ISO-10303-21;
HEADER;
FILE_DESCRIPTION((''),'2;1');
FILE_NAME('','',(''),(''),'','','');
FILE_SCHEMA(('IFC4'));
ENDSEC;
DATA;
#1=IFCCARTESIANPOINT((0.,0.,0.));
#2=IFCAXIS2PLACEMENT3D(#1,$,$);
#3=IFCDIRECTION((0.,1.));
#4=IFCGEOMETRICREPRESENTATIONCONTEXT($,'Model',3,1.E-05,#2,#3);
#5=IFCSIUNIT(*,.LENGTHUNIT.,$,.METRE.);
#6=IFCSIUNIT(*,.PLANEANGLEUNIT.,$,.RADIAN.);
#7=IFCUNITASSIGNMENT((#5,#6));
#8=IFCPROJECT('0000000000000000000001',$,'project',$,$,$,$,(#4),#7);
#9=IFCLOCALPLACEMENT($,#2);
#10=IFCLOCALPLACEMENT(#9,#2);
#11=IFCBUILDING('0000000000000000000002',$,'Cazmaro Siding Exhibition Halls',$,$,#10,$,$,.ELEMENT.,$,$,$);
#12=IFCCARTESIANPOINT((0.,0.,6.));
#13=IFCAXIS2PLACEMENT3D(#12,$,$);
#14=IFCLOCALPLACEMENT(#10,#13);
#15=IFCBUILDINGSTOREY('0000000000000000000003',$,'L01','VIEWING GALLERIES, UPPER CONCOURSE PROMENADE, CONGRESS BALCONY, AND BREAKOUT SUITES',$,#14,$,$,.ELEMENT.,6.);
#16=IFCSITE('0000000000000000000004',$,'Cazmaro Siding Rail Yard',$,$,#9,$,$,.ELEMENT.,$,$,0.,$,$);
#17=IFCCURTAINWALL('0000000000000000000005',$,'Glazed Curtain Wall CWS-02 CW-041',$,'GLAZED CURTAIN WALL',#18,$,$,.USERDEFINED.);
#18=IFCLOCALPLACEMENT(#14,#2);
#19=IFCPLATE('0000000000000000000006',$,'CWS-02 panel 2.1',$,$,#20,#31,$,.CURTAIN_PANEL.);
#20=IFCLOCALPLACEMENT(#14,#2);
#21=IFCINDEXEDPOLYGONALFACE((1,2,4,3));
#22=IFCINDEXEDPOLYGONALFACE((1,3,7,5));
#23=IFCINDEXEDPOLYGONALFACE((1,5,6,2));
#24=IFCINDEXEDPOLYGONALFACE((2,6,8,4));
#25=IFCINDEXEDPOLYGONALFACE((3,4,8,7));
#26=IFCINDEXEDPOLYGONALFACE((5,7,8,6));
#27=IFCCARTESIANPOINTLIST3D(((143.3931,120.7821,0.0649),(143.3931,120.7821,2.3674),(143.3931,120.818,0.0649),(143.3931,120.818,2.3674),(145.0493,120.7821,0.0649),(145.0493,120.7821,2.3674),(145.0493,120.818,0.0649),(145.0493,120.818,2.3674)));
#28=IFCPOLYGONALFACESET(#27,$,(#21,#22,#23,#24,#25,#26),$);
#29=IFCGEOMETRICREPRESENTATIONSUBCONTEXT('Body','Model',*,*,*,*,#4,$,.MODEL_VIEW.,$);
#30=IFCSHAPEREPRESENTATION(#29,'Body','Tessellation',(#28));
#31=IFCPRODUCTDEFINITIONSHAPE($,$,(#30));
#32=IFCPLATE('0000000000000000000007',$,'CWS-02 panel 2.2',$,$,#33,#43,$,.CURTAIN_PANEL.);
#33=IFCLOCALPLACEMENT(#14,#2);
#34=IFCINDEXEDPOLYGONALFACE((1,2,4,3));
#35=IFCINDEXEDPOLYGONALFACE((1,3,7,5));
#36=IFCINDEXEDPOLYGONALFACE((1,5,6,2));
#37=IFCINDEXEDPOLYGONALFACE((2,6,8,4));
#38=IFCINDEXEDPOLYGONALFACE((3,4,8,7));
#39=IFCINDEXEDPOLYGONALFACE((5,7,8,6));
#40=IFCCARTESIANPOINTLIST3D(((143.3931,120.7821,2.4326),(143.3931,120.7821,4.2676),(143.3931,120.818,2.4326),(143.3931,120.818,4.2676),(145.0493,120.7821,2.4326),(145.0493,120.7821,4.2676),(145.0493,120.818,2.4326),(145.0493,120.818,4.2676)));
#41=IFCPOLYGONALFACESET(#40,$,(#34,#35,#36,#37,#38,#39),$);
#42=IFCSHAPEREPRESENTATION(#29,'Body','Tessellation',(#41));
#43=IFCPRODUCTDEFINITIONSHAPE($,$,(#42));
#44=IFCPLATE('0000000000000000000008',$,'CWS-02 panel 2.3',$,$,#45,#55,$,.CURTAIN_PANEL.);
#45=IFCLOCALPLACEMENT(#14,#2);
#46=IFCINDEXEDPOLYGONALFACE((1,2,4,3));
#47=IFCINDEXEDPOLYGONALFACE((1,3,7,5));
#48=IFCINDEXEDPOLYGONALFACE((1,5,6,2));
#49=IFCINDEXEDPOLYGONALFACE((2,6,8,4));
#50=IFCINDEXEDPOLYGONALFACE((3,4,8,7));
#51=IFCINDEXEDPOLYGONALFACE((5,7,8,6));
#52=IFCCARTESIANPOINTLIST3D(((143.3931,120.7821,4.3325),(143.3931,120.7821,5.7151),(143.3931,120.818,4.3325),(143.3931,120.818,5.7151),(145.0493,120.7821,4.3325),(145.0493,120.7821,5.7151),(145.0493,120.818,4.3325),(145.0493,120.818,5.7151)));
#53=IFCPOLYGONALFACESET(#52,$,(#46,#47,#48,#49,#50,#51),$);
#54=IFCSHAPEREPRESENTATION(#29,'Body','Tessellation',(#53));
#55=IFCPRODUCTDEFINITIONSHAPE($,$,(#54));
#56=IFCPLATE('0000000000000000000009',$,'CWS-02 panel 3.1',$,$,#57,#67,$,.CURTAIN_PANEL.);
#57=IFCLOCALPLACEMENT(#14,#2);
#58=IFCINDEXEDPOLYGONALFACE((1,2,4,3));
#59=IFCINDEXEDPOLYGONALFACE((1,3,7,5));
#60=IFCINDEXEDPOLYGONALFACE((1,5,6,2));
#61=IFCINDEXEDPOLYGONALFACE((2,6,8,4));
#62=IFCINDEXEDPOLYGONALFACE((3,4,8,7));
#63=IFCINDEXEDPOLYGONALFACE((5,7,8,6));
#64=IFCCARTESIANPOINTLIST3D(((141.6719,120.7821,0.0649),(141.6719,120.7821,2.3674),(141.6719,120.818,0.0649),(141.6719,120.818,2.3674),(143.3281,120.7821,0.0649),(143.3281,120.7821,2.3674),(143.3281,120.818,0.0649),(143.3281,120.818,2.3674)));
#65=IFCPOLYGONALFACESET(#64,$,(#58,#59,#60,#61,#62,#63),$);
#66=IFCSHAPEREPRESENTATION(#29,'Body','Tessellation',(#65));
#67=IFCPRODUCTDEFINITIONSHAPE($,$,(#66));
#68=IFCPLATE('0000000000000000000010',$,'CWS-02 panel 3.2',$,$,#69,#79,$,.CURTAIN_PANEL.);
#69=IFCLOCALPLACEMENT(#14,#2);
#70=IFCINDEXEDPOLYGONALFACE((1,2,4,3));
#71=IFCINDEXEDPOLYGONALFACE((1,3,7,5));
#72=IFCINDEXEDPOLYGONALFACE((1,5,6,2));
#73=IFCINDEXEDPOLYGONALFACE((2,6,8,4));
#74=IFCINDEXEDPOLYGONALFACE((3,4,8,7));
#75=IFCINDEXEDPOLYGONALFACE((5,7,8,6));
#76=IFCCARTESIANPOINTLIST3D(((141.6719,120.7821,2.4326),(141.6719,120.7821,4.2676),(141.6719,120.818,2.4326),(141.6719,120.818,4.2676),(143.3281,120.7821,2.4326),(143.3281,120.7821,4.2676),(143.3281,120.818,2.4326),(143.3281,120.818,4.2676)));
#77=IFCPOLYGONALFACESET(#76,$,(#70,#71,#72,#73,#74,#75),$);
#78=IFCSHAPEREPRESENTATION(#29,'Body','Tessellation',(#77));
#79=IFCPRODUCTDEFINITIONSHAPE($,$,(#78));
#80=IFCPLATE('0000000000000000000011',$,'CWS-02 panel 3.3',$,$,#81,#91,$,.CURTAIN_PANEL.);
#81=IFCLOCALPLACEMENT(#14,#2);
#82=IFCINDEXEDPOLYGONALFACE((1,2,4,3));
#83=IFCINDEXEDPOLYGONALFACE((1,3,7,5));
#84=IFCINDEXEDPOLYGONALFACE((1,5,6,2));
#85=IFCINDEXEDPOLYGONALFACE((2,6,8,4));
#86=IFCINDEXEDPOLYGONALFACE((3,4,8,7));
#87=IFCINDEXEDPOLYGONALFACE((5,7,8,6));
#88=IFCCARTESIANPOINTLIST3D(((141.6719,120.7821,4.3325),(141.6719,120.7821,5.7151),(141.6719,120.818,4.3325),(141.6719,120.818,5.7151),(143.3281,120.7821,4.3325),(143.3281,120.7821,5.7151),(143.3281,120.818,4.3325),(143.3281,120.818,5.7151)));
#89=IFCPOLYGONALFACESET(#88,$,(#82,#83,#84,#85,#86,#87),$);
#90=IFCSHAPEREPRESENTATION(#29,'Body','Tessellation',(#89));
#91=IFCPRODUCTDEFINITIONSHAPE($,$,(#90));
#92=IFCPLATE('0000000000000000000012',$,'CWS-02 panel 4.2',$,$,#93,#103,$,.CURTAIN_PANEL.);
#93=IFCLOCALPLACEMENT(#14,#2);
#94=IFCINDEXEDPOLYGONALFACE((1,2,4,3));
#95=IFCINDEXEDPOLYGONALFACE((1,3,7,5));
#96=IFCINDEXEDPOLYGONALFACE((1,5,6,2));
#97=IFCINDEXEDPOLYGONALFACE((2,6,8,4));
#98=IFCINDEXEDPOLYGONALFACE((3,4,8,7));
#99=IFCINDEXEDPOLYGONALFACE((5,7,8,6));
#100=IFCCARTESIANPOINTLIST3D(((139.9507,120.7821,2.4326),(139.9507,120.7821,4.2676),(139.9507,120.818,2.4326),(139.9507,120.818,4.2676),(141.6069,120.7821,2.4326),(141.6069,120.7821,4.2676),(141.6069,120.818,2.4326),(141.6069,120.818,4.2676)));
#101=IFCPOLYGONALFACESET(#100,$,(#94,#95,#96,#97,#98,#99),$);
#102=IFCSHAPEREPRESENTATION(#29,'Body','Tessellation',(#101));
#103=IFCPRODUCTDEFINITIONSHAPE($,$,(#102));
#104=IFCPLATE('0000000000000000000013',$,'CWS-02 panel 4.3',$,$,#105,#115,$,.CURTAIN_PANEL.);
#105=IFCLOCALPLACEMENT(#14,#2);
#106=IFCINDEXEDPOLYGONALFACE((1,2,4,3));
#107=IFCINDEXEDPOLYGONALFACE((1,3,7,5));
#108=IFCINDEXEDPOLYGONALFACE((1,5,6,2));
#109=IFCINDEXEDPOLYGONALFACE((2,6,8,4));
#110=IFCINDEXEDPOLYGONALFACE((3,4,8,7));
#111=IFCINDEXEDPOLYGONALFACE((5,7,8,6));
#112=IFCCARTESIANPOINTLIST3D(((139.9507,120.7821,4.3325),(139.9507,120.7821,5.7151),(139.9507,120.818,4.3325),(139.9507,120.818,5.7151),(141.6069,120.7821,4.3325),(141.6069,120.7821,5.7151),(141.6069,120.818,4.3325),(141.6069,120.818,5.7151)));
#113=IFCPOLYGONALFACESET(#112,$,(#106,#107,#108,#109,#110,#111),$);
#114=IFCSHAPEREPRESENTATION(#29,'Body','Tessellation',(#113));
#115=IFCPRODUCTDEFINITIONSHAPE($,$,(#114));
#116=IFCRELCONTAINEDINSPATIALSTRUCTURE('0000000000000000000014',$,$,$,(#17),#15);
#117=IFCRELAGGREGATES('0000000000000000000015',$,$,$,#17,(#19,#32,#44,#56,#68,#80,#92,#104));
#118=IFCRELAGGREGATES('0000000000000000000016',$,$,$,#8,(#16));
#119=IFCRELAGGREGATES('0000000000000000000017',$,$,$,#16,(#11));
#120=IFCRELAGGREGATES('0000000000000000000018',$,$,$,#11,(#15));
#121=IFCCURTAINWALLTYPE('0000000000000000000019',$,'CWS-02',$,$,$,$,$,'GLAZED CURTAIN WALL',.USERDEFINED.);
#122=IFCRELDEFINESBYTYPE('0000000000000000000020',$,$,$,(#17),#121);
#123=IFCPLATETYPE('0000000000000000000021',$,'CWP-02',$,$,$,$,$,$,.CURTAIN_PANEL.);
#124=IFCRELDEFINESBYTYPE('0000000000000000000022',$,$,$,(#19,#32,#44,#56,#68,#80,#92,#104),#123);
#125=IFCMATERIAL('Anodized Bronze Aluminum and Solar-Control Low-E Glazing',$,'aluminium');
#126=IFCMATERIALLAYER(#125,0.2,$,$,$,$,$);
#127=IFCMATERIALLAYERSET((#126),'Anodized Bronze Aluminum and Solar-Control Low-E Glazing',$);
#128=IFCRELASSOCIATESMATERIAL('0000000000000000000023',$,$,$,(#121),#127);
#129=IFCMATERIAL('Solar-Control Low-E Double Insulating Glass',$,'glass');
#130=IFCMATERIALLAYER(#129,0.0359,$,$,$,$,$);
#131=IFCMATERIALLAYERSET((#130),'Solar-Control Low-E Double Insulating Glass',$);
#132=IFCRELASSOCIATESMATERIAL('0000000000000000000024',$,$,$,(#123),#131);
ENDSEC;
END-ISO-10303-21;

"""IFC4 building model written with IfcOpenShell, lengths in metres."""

from ifc_helpers import new_model, si_unit, direction, frame, origin, origin_2d, place, context, subcontext, project, spatial, rectangle, extrude, material, layer, layer_set, type_object, element, aggregate, save


model = new_model("IFC4")

# Units and contexts
model_context = context("Model", 3, precision=1e-05, world=origin(), true_north=direction((0.0, 1.0)))
body_context = subcontext(model_context, "Body", "Model", "MODEL_VIEW")
ifc_project = project(units=[si_unit("LENGTHUNIT", "METRE"), si_unit("PLANEANGLEUNIT", "RADIAN")], contexts=[model_context])

# Site, building, storey
site_placement = place(None, origin())
site = spatial("IfcSite", under=ifc_project, at=site_placement, Name="Cazmaro Siding Rail Yard", CompositionType="ELEMENT", RefElevation=0.0)
building_placement = place(site_placement, origin())
building = spatial("IfcBuilding", under=site, at=building_placement, Name="Cazmaro Siding Exhibition Halls", CompositionType="ELEMENT")
storey_placement = place(building_placement, frame((0.0, 0.0, 6.0)))
storey = spatial("IfcBuildingStorey", under=building, at=storey_placement, Name="L01", Description="VIEWING GALLERIES, UPPER CONCOURSE PROMENADE, CONGRESS BALCONY, AND BREAKOUT SUITES", CompositionType="ELEMENT", Elevation=6.0)

# Curtain wall
ifc_material_1 = material(Name="Anodized Bronze Aluminum and Solar-Control Low-E Glazing", Category="aluminium")
ifc_layer_1 = layer(ifc_material_1, 0.2)
ifc_layer_set_1 = layer_set([ifc_layer_1], Name="Anodized Bronze Aluminum and Solar-Control Low-E Glazing")
curtain_wall_type = type_object("IfcCurtainWallType", Name="CWS-02", ElementType="GLAZED CURTAIN WALL", PredefinedType="USERDEFINED", material=ifc_layer_set_1)
curtain_wall_placement = place(storey_placement, origin())
curtain_wall = element("IfcCurtainWall", 1, at=curtain_wall_placement, inside=storey, type_object=curtain_wall_type, Name="Glazed Curtain Wall CWS-02 CW-041", ObjectType="GLAZED CURTAIN WALL", PredefinedType="USERDEFINED")

# Plates
ifc_material_2 = material(Name="Solar-Control Low-E Double Insulating Glass", Category="glass")
ifc_layer_2 = layer(ifc_material_2, 0.0359)
ifc_layer_set_2 = layer_set([ifc_layer_2], Name="Solar-Control Low-E Double Insulating Glass")
plate_type = type_object("IfcPlateType", Name="CWP-02", PredefinedType="CURTAIN_PANEL", material=ifc_layer_set_2)
plate_1_placement = place(storey_placement, frame((144.2212, 120.8, 0.0649), z_axis=(0.0, 0.0, 1.0), x_axis=(-1.0, 0.0, 0.0)))
plate_1 = element("IfcPlate", 2, at=plate_1_placement, type_object=plate_type, Name="CWS-02 panel 2.1", PredefinedType="CURTAIN_PANEL", context=body_context, shape_type="SweptSolid", body=[
    extrude(rectangle(XDim=1.6562, YDim=0.0359, at=origin_2d()), origin(), (0.0, 0.0, 1.0), 2.3025),
])
plate_2_placement = place(storey_placement, frame((144.2212, 120.8, 2.4326), z_axis=(0.0, 0.0, 1.0), x_axis=(-1.0, 0.0, 0.0)))
plate_2 = element("IfcPlate", 3, at=plate_2_placement, type_object=plate_type, Name="CWS-02 panel 2.2", PredefinedType="CURTAIN_PANEL", context=body_context, shape_type="SweptSolid", body=[
    extrude(rectangle(XDim=1.6562, YDim=0.0359, at=origin_2d()), origin(), (0.0, 0.0, 1.0), 1.835),
])
plate_3_placement = place(storey_placement, frame((144.2212, 120.8, 4.3325), z_axis=(0.0, 0.0, 1.0), x_axis=(-1.0, 0.0, 0.0)))
plate_3 = element("IfcPlate", 4, at=plate_3_placement, type_object=plate_type, Name="CWS-02 panel 2.3", PredefinedType="CURTAIN_PANEL", context=body_context, shape_type="SweptSolid", body=[
    extrude(rectangle(XDim=1.6562, YDim=0.0359, at=origin_2d()), origin(), (0.0, 0.0, 1.0), 1.3826),
])
plate_4_placement = place(storey_placement, frame((142.5, 120.8, 0.0649), z_axis=(0.0, 0.0, 1.0), x_axis=(-1.0, 0.0, 0.0)))
plate_4 = element("IfcPlate", 5, at=plate_4_placement, type_object=plate_type, Name="CWS-02 panel 3.1", PredefinedType="CURTAIN_PANEL", context=body_context, shape_type="SweptSolid", body=[
    extrude(rectangle(XDim=1.6562, YDim=0.0359, at=origin_2d()), origin(), (0.0, 0.0, 1.0), 2.3025),
])
plate_5_placement = place(storey_placement, frame((142.5, 120.8, 2.4326), z_axis=(0.0, 0.0, 1.0), x_axis=(-1.0, 0.0, 0.0)))
plate_5 = element("IfcPlate", 6, at=plate_5_placement, type_object=plate_type, Name="CWS-02 panel 3.2", PredefinedType="CURTAIN_PANEL", context=body_context, shape_type="SweptSolid", body=[
    extrude(rectangle(XDim=1.6562, YDim=0.0359, at=origin_2d()), origin(), (0.0, 0.0, 1.0), 1.835),
])
plate_6_placement = place(storey_placement, frame((142.5, 120.8, 4.3325), z_axis=(0.0, 0.0, 1.0), x_axis=(-1.0, 0.0, 0.0)))
plate_6 = element("IfcPlate", 7, at=plate_6_placement, type_object=plate_type, Name="CWS-02 panel 3.3", PredefinedType="CURTAIN_PANEL", context=body_context, shape_type="SweptSolid", body=[
    extrude(rectangle(XDim=1.6562, YDim=0.0359, at=origin_2d()), origin(), (0.0, 0.0, 1.0), 1.3826),
])
plate_7_placement = place(storey_placement, frame((140.7788, 120.8, 2.4326), z_axis=(0.0, 0.0, 1.0), x_axis=(-1.0, 0.0, 0.0)))
plate_7 = element("IfcPlate", 8, at=plate_7_placement, type_object=plate_type, Name="CWS-02 panel 4.2", PredefinedType="CURTAIN_PANEL", context=body_context, shape_type="SweptSolid", body=[
    extrude(rectangle(XDim=1.6562, YDim=0.0359, at=origin_2d()), origin(), (0.0, 0.0, 1.0), 1.835),
])
plate_8_placement = place(storey_placement, frame((140.7788, 120.8, 4.3325), z_axis=(0.0, 0.0, 1.0), x_axis=(-1.0, 0.0, 0.0)))
plate_8 = element("IfcPlate", 9, at=plate_8_placement, type_object=plate_type, Name="CWS-02 panel 4.3", PredefinedType="CURTAIN_PANEL", context=body_context, shape_type="SweptSolid", body=[
    extrude(rectangle(XDim=1.6562, YDim=0.0359, at=origin_2d()), origin(), (0.0, 0.0, 1.0), 1.3826),
])
aggregate(curtain_wall, [plate_1, plate_2, plate_3, plate_4, plate_5, plate_6, plate_7, plate_8])

save(model, "model.ifc")
